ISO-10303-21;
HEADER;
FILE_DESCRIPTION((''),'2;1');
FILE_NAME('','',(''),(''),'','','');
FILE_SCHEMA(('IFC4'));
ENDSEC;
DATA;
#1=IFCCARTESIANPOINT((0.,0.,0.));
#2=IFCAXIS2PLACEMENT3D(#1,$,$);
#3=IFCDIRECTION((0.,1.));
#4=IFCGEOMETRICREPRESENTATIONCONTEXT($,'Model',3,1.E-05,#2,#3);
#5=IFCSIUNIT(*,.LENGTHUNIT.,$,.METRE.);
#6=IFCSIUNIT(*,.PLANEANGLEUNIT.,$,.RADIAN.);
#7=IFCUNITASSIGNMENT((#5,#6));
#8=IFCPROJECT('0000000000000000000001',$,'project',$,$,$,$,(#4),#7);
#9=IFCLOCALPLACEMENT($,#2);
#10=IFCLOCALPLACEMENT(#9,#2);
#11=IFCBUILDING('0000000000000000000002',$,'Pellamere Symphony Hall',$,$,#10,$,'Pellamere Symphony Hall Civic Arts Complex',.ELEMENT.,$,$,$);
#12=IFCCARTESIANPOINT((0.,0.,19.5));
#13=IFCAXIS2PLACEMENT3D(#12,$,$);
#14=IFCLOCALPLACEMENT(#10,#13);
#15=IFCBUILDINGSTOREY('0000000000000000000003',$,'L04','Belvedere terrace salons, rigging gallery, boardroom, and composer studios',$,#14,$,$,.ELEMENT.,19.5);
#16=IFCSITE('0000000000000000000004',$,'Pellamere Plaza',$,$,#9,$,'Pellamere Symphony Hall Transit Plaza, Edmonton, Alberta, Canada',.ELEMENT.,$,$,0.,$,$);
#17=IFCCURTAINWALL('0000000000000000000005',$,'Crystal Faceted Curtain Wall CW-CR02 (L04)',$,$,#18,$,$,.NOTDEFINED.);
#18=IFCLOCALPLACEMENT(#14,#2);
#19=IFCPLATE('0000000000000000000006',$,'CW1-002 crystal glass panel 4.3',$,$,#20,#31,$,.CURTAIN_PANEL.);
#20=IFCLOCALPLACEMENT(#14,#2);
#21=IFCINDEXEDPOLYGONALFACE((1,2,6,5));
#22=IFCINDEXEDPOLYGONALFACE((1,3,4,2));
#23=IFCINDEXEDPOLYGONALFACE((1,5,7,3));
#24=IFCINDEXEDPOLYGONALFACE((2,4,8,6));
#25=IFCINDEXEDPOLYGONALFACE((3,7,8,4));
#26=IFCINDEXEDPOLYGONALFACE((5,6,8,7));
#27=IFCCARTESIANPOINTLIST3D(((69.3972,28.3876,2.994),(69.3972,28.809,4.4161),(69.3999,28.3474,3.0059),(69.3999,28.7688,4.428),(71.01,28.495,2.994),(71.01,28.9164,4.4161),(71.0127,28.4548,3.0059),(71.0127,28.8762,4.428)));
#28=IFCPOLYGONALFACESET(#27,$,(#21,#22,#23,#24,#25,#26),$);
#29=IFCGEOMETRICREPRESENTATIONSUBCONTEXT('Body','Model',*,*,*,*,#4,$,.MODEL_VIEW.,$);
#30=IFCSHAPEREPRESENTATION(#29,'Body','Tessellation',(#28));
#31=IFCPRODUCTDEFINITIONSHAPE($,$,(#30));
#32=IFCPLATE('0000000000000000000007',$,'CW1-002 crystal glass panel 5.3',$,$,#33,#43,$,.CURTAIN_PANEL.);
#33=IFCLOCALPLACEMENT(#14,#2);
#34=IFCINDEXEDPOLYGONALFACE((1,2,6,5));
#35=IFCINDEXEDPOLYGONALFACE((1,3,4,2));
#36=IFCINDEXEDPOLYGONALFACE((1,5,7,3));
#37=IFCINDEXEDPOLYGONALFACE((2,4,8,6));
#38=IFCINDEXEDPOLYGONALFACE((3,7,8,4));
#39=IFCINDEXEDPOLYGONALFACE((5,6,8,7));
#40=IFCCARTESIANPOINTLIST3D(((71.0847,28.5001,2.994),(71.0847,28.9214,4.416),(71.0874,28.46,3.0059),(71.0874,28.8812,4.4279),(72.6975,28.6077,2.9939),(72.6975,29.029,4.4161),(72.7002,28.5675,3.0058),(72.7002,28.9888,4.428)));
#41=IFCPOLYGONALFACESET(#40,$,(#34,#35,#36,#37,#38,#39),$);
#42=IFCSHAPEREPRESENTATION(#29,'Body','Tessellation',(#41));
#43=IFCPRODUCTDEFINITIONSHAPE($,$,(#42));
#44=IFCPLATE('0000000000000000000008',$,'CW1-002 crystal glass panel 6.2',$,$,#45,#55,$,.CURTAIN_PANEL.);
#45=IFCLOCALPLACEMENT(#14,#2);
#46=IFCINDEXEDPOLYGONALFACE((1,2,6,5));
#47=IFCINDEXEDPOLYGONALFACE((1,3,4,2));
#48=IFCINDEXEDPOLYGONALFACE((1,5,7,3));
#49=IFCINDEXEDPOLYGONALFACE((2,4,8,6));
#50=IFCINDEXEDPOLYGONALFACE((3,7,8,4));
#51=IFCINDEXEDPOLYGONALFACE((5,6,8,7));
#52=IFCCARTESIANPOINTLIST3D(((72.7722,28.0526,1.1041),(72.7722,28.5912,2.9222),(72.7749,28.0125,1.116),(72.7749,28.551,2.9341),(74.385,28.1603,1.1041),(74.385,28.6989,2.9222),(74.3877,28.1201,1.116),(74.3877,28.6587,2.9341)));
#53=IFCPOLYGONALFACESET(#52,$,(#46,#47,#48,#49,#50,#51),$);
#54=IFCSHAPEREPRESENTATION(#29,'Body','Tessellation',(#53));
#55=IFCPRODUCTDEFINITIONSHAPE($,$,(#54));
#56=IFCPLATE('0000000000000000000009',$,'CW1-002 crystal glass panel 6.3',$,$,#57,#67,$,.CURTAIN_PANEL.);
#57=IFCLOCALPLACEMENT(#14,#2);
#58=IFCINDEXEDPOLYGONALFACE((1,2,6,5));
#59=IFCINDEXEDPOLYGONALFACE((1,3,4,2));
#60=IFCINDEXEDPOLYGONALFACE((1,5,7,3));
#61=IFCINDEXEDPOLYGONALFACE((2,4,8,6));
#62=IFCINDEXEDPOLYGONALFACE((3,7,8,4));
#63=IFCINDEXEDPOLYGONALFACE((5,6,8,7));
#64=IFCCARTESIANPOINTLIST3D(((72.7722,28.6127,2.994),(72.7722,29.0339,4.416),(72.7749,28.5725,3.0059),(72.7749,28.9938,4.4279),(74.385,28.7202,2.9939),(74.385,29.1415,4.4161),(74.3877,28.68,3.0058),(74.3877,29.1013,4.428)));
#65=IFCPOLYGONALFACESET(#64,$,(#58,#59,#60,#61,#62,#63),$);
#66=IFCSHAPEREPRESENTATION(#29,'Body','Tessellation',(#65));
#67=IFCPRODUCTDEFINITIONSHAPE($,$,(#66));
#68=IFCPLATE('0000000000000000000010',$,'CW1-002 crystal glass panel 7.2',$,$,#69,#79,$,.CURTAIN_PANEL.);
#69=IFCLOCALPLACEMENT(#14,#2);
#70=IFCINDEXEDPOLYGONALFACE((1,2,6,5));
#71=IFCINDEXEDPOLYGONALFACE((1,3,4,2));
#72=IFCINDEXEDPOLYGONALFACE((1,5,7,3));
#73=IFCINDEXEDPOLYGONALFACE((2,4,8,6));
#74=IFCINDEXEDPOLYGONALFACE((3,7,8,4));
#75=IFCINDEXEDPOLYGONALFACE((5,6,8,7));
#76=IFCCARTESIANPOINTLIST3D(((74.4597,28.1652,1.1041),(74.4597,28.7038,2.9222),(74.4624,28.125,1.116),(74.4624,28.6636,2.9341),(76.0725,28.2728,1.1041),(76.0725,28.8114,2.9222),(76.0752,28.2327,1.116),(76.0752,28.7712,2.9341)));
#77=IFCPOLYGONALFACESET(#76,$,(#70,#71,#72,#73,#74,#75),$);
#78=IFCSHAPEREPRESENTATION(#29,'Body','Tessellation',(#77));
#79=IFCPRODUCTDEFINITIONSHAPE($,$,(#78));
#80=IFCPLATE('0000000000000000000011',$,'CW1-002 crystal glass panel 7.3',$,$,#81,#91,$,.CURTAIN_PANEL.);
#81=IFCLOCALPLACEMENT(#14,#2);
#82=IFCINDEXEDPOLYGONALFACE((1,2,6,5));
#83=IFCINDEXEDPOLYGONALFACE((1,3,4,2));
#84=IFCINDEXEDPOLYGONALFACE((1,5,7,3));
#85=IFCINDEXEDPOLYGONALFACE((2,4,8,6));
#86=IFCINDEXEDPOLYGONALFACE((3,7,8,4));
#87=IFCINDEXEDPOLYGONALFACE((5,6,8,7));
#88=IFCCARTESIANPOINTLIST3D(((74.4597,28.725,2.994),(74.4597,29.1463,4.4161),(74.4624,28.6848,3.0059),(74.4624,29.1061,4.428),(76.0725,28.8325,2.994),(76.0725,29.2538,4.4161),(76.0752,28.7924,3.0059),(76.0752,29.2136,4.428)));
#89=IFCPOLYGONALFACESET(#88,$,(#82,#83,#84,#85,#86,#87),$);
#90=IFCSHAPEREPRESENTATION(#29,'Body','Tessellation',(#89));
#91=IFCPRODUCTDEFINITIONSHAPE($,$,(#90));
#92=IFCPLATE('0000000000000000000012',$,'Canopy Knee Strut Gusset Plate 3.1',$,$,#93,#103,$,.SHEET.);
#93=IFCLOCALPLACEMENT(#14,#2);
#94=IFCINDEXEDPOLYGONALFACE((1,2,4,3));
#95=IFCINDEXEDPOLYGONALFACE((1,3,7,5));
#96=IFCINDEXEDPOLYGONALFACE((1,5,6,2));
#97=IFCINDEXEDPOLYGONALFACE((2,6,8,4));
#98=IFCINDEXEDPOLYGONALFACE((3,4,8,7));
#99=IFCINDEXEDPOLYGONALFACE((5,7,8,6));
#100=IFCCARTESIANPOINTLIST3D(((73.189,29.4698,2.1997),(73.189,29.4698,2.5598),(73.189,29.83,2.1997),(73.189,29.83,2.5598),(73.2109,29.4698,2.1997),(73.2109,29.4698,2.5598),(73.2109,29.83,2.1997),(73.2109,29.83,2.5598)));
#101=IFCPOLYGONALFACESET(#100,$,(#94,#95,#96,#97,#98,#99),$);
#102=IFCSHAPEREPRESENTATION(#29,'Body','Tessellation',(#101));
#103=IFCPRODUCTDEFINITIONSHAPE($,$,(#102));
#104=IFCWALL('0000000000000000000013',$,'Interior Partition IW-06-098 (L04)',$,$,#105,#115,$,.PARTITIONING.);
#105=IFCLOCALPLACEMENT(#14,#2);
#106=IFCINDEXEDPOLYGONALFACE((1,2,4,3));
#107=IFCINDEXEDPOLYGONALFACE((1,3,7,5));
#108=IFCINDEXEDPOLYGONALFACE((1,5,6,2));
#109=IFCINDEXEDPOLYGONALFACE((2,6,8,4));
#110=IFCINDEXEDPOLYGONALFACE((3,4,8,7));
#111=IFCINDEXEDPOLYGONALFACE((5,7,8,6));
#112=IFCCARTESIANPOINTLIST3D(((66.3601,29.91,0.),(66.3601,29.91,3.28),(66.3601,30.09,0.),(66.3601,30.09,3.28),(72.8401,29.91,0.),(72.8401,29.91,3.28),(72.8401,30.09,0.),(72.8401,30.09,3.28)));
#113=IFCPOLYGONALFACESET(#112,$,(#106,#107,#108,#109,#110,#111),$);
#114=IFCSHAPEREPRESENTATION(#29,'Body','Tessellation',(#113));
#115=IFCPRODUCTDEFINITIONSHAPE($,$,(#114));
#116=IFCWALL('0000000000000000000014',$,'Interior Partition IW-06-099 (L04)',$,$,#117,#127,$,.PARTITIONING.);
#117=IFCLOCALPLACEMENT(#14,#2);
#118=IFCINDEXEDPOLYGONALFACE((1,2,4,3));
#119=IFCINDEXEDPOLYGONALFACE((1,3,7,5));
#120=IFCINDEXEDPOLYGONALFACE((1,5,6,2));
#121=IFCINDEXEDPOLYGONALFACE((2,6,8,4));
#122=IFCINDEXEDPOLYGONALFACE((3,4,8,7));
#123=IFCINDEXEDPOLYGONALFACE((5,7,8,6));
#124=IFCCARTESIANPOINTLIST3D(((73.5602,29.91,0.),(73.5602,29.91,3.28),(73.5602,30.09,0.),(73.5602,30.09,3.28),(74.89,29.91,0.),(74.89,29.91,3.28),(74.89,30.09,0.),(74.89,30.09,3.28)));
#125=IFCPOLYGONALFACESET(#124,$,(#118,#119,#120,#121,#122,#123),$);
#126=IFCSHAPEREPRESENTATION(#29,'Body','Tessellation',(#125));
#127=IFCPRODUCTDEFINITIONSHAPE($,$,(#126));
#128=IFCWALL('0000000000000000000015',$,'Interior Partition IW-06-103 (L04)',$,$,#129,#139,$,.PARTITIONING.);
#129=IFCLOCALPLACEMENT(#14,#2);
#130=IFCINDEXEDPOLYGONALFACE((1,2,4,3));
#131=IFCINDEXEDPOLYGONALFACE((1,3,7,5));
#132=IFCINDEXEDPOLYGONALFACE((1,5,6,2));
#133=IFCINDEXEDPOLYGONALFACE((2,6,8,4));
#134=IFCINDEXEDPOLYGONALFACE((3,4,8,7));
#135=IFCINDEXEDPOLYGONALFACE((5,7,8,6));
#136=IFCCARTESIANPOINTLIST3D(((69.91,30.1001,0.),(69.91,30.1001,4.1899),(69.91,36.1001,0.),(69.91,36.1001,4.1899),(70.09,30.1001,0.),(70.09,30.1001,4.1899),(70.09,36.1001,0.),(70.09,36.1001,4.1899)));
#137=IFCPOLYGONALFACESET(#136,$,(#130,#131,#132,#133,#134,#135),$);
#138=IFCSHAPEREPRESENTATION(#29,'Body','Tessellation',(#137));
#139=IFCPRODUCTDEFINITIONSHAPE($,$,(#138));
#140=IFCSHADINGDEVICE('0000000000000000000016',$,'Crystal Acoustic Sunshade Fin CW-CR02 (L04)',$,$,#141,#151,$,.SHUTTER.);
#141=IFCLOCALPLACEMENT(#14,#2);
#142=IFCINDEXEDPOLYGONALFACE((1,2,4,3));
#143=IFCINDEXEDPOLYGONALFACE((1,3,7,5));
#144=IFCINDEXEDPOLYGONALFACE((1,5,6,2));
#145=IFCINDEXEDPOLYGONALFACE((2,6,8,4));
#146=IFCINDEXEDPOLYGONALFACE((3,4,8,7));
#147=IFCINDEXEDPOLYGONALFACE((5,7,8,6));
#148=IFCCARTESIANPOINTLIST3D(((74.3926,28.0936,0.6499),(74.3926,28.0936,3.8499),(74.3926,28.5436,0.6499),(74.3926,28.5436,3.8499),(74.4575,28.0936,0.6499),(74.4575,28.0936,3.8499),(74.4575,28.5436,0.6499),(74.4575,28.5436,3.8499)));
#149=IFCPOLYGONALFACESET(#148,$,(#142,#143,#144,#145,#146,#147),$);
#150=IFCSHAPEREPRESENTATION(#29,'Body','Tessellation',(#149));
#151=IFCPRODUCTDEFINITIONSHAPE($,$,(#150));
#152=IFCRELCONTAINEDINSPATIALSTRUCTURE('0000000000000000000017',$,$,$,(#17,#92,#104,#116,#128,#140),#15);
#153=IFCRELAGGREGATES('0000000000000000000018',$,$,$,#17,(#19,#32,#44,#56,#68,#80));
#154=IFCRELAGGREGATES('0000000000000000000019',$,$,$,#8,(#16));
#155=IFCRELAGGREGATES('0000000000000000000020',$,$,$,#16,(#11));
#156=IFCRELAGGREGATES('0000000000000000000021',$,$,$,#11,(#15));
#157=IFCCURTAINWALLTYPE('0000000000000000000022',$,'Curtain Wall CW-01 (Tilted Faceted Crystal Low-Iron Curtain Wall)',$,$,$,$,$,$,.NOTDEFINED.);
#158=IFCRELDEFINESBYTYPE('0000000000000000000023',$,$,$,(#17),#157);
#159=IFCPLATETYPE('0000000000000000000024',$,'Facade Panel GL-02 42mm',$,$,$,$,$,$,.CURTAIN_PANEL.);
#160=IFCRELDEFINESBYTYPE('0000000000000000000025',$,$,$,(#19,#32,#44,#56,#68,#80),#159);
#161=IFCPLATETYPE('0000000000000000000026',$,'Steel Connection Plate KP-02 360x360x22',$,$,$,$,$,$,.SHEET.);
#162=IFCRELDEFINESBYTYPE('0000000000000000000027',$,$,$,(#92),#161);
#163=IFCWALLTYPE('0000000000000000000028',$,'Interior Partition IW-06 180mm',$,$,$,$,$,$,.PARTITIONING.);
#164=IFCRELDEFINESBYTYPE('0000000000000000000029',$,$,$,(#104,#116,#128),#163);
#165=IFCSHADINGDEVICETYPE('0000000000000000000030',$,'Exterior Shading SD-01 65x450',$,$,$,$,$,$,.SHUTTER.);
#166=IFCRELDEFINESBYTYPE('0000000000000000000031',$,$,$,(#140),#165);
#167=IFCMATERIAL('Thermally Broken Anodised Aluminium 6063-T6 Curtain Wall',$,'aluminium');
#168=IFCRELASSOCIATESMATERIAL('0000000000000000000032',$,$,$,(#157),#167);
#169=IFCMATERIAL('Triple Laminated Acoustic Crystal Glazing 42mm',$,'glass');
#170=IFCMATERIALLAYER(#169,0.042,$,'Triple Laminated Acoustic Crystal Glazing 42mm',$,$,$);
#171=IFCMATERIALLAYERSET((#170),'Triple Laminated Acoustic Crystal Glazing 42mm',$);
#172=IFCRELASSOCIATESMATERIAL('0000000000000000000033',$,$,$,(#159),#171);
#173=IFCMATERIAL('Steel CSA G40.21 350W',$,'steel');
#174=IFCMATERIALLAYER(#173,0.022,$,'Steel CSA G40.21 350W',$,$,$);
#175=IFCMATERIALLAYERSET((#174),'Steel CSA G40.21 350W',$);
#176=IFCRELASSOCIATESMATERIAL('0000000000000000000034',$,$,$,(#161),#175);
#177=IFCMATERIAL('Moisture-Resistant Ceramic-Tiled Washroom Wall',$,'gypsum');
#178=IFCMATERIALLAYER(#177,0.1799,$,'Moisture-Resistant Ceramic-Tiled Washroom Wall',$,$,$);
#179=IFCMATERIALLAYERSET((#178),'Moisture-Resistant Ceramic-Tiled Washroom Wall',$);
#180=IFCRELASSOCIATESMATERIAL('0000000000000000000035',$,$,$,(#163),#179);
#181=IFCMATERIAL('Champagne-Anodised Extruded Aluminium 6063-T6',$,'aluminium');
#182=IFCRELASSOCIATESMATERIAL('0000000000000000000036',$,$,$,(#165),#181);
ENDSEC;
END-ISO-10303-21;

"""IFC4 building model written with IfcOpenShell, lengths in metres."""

from ifc_helpers import new_model, si_unit, direction, frame, frame_2d, origin, origin_2d, place, context, subcontext, project, spatial, polyline, rectangle, outline, extrude, material, layer, layer_set, type_object, element, aggregate, save


model = new_model("IFC4")

# Units and contexts
model_context = context("Model", 3, precision=1e-05, world=origin(), true_north=direction((0.0, 1.0)))
body_context = subcontext(model_context, "Body", "Model", "MODEL_VIEW")
ifc_project = project(units=[si_unit("LENGTHUNIT", "METRE"), si_unit("PLANEANGLEUNIT", "RADIAN")], contexts=[model_context])

# Site, building, storey
site_placement = place(None, origin())
site = spatial("IfcSite", under=ifc_project, at=site_placement, Name="Pellamere Plaza", LongName="Pellamere Symphony Hall Transit Plaza, Edmonton, Alberta, Canada", CompositionType="ELEMENT", RefElevation=0.0)
building_placement = place(site_placement, origin())
building = spatial("IfcBuilding", under=site, at=building_placement, Name="Pellamere Symphony Hall", LongName="Pellamere Symphony Hall Civic Arts Complex", CompositionType="ELEMENT")
storey_placement = place(building_placement, frame((0.0, 0.0, 19.5)))
storey = spatial("IfcBuildingStorey", under=building, at=storey_placement, Name="L04", Description="Belvedere terrace salons, rigging gallery, boardroom, and composer studios", CompositionType="ELEMENT", Elevation=19.5)

# Curtain wall
ifc_material_1 = material(Name="Thermally Broken Anodised Aluminium 6063-T6 Curtain Wall", Category="aluminium")
curtain_wall_type = type_object("IfcCurtainWallType", Name="Curtain Wall CW-01 (Tilted Faceted Crystal Low-Iron Curtain Wall)", PredefinedType="NOTDEFINED", material=ifc_material_1)
curtain_wall_placement = place(storey_placement, origin())
curtain_wall = element("IfcCurtainWall", 1, at=curtain_wall_placement, inside=storey, type_object=curtain_wall_type, Name="Crystal Faceted Curtain Wall CW-CR02 (L04)", PredefinedType="NOTDEFINED")

# Shared definitions
ifc_material_2 = material(Name="Steel CSA G40.21 350W", Category="steel")

# Plates
ifc_material_3 = material(Name="Triple Laminated Acoustic Crystal Glazing 42mm", Category="glass")
ifc_layer_1 = layer(ifc_material_3, 0.042, Name="Triple Laminated Acoustic Crystal Glazing 42mm")
ifc_layer_set_1 = layer_set([ifc_layer_1], Name="Triple Laminated Acoustic Crystal Glazing 42mm")
plate_type_1 = type_object("IfcPlateType", Name="Facade Panel GL-02 42mm", PredefinedType="CURTAIN_PANEL", material=ifc_layer_set_1)
plate_1_placement = place(storey_placement, frame((69.3999, 28.3474, 3.0059), z_axis=(0.063732, -0.956846, 0.283522), x_axis=(0.997789, 0.066459, 0.0)))
plate_1 = element("IfcPlate", 2, at=plate_1_placement, type_object=plate_type_1, Name="CW1-002 crystal glass panel 4.3", PredefinedType="CURTAIN_PANEL", context=body_context, shape_type="SweptSolid", body=[
    extrude(outline(polyline([(0.0, 0.0), (1.6164, 0.0), (1.6444, 1.483), (0.028, 1.483), (0.0, 0.0)])), origin(), (0.0, 0.0, -1.0), 0.042),
])
plate_2_placement = place(storey_placement, frame((71.0874, 28.46, 3.0059), z_axis=(0.063805, -0.956863, 0.283445), x_axis=(0.997785, 0.066528, -0.00002)))
plate_2 = element("IfcPlate", 3, at=plate_2_placement, type_object=plate_type_1, Name="CW1-002 crystal glass panel 5.3", PredefinedType="CURTAIN_PANEL", context=body_context, shape_type="SweptSolid", body=[
    extrude(outline(polyline([(0.0, 0.0), (1.6164, 0.0), (1.6444, 1.483), (0.028, 1.4829), (0.0, 0.0)])), origin(), (0.0, 0.0, -1.0), 0.042),
])
plate_3_placement = place(storey_placement, frame((72.7749, 28.0125, 1.116), z_axis=(0.063877, -0.956858, 0.283447), x_axis=(0.997779, 0.066609, 0.0)))
plate_3 = element("IfcPlate", 4, at=plate_3_placement, type_object=plate_type_1, Name="CW1-002 crystal glass panel 6.2", PredefinedType="CURTAIN_PANEL", context=body_context, shape_type="SweptSolid", body=[
    extrude(outline(polyline([(0.0, 0.0), (1.6164, 0.0), (1.6523, 1.8959), (0.0359, 1.8959), (0.0, 0.0)])), origin(), (0.0, 0.0, -1.0), 0.042),
])
plate_4_placement = place(storey_placement, frame((72.7749, 28.5725, 3.0059), z_axis=(0.063805, -0.956863, 0.283445), x_axis=(0.997785, 0.066528, -0.00002)))
plate_4 = element("IfcPlate", 5, at=plate_4_placement, type_object=plate_type_1, Name="CW1-002 crystal glass panel 6.3", PredefinedType="CURTAIN_PANEL", context=body_context, shape_type="SweptSolid", body=[
    extrude(outline(polyline([(0.0, 0.0), (1.6164, 0.0), (1.6444, 1.483), (0.028, 1.4829), (0.0, 0.0)])), origin(), (0.0, 0.0, -1.0), 0.042),
])
plate_5_placement = place(storey_placement, frame((74.4624, 28.125, 1.116), z_axis=(0.063877, -0.956858, 0.283447), x_axis=(0.997779, 0.066609, 0.0)))
plate_5 = element("IfcPlate", 6, at=plate_5_placement, type_object=plate_type_1, Name="CW1-002 crystal glass panel 7.2", PredefinedType="CURTAIN_PANEL", context=body_context, shape_type="SweptSolid", body=[
    extrude(outline(polyline([(0.0, 0.0), (1.6164, 0.0), (1.6523, 1.8959), (0.0359, 1.8959), (0.0, 0.0)])), origin(), (0.0, 0.0, -1.0), 0.042),
])
plate_6_placement = place(storey_placement, frame((74.4624, 28.6848, 3.0059), z_axis=(0.063805, -0.956863, 0.283445), x_axis=(0.997784, 0.06654, 0.00002)))
plate_6 = element("IfcPlate", 7, at=plate_6_placement, type_object=plate_type_1, Name="CW1-002 crystal glass panel 7.3", PredefinedType="CURTAIN_PANEL", context=body_context, shape_type="SweptSolid", body=[
    extrude(outline(polyline([(0.0, 0.0), (1.6164, 0.0), (1.6444, 1.4829), (0.0281, 1.483), (0.0, 0.0)])), origin(), (0.0, 0.0, -1.0), 0.042),
])
aggregate(curtain_wall, [plate_1, plate_2, plate_3, plate_4, plate_5, plate_6])
ifc_layer_2 = layer(ifc_material_2, 0.022, Name="Steel CSA G40.21 350W")
ifc_layer_set_2 = layer_set([ifc_layer_2], Name="Steel CSA G40.21 350W")
plate_type_2 = type_object("IfcPlateType", Name="Steel Connection Plate KP-02 360x360x22", PredefinedType="SHEET", material=ifc_layer_set_2)
plate_7_placement = place(storey_placement, frame((73.2, 29.6499, 2.1997), z_axis=(0.0, 0.0, 1.0), x_axis=(1.0, 0.0, 0.0)))
element("IfcPlate", 8, at=plate_7_placement, inside=storey, type_object=plate_type_2, Name="Canopy Knee Strut Gusset Plate 3.1", PredefinedType="SHEET", context=body_context, shape_type="SweptSolid", body=[
    extrude(rectangle(XDim=0.022, YDim=0.3601, at=origin_2d()), origin(), (0.0, 0.0, 1.0), 0.3601),
])

# Walls
ifc_material_4 = material(Name="Moisture-Resistant Ceramic-Tiled Washroom Wall", Category="gypsum")
ifc_layer_3 = layer(ifc_material_4, 0.1799, Name="Moisture-Resistant Ceramic-Tiled Washroom Wall")
ifc_layer_set_3 = layer_set([ifc_layer_3], Name="Moisture-Resistant Ceramic-Tiled Washroom Wall")
wall_type = type_object("IfcWallType", Name="Interior Partition IW-06 180mm", PredefinedType="PARTITIONING", material=ifc_layer_set_3)
wall_1_placement = place(storey_placement, frame((66.3601, 30.0, 0.0), z_axis=(0.0, 0.0, 1.0), x_axis=(1.0, 0.0, 0.0)))
element("IfcWall", 9, at=wall_1_placement, inside=storey, type_object=wall_type, Name="Interior Partition IW-06-098 (L04)", PredefinedType="PARTITIONING", context=body_context, shape_type="SweptSolid", body=[
    extrude(rectangle(XDim=6.48, YDim=0.1799, at=frame_2d((3.24, 0.0))), origin(), (0.0, 0.0, 1.0), 3.28),
])
wall_2_placement = place(storey_placement, frame((73.5601, 30.0, 0.0), z_axis=(0.0, 0.0, 1.0), x_axis=(1.0, 0.0, 0.0)))
element("IfcWall", 10, at=wall_2_placement, inside=storey, type_object=wall_type, Name="Interior Partition IW-06-099 (L04)", PredefinedType="PARTITIONING", context=body_context, shape_type="SweptSolid", body=[
    extrude(rectangle(XDim=1.3298, YDim=0.1799, at=frame_2d((0.665, 0.0))), origin(), (0.0, 0.0, 1.0), 3.28),
])
wall_3_placement = place(storey_placement, frame((70.0, 30.1001, 0.0), z_axis=(0.0, 0.0, 1.0), x_axis=(0.0, 1.0, 0.0)))
element("IfcWall", 11, at=wall_3_placement, inside=storey, type_object=wall_type, Name="Interior Partition IW-06-103 (L04)", PredefinedType="PARTITIONING", context=body_context, shape_type="SweptSolid", body=[
    extrude(rectangle(XDim=6.0, YDim=0.1799, at=frame_2d((3.0, 0.0))), origin(), (0.0, 0.0, 1.0), 4.1899),
])

# Shading device
ifc_material_5 = material(Name="Champagne-Anodised Extruded Aluminium 6063-T6", Category="aluminium")
shading_device_type = type_object("IfcShadingDeviceType", Name="Exterior Shading SD-01 65x450", PredefinedType="SHUTTER", material=ifc_material_5)
shading_device_placement = place(storey_placement, frame((74.425, 28.3186, 0.6499), z_axis=(0.0, 0.0, 1.0), x_axis=(1.0, 0.0, 0.0)))
element("IfcShadingDevice", 12, at=shading_device_placement, inside=storey, type_object=shading_device_type, Name="Crystal Acoustic Sunshade Fin CW-CR02 (L04)", PredefinedType="SHUTTER", context=body_context, shape_type="SweptSolid", body=[
    extrude(rectangle(XDim=0.0649, YDim=0.45, at=origin_2d()), origin(), (0.0, 0.0, 1.0), 3.2),
])

save(model, "model.ifc")
